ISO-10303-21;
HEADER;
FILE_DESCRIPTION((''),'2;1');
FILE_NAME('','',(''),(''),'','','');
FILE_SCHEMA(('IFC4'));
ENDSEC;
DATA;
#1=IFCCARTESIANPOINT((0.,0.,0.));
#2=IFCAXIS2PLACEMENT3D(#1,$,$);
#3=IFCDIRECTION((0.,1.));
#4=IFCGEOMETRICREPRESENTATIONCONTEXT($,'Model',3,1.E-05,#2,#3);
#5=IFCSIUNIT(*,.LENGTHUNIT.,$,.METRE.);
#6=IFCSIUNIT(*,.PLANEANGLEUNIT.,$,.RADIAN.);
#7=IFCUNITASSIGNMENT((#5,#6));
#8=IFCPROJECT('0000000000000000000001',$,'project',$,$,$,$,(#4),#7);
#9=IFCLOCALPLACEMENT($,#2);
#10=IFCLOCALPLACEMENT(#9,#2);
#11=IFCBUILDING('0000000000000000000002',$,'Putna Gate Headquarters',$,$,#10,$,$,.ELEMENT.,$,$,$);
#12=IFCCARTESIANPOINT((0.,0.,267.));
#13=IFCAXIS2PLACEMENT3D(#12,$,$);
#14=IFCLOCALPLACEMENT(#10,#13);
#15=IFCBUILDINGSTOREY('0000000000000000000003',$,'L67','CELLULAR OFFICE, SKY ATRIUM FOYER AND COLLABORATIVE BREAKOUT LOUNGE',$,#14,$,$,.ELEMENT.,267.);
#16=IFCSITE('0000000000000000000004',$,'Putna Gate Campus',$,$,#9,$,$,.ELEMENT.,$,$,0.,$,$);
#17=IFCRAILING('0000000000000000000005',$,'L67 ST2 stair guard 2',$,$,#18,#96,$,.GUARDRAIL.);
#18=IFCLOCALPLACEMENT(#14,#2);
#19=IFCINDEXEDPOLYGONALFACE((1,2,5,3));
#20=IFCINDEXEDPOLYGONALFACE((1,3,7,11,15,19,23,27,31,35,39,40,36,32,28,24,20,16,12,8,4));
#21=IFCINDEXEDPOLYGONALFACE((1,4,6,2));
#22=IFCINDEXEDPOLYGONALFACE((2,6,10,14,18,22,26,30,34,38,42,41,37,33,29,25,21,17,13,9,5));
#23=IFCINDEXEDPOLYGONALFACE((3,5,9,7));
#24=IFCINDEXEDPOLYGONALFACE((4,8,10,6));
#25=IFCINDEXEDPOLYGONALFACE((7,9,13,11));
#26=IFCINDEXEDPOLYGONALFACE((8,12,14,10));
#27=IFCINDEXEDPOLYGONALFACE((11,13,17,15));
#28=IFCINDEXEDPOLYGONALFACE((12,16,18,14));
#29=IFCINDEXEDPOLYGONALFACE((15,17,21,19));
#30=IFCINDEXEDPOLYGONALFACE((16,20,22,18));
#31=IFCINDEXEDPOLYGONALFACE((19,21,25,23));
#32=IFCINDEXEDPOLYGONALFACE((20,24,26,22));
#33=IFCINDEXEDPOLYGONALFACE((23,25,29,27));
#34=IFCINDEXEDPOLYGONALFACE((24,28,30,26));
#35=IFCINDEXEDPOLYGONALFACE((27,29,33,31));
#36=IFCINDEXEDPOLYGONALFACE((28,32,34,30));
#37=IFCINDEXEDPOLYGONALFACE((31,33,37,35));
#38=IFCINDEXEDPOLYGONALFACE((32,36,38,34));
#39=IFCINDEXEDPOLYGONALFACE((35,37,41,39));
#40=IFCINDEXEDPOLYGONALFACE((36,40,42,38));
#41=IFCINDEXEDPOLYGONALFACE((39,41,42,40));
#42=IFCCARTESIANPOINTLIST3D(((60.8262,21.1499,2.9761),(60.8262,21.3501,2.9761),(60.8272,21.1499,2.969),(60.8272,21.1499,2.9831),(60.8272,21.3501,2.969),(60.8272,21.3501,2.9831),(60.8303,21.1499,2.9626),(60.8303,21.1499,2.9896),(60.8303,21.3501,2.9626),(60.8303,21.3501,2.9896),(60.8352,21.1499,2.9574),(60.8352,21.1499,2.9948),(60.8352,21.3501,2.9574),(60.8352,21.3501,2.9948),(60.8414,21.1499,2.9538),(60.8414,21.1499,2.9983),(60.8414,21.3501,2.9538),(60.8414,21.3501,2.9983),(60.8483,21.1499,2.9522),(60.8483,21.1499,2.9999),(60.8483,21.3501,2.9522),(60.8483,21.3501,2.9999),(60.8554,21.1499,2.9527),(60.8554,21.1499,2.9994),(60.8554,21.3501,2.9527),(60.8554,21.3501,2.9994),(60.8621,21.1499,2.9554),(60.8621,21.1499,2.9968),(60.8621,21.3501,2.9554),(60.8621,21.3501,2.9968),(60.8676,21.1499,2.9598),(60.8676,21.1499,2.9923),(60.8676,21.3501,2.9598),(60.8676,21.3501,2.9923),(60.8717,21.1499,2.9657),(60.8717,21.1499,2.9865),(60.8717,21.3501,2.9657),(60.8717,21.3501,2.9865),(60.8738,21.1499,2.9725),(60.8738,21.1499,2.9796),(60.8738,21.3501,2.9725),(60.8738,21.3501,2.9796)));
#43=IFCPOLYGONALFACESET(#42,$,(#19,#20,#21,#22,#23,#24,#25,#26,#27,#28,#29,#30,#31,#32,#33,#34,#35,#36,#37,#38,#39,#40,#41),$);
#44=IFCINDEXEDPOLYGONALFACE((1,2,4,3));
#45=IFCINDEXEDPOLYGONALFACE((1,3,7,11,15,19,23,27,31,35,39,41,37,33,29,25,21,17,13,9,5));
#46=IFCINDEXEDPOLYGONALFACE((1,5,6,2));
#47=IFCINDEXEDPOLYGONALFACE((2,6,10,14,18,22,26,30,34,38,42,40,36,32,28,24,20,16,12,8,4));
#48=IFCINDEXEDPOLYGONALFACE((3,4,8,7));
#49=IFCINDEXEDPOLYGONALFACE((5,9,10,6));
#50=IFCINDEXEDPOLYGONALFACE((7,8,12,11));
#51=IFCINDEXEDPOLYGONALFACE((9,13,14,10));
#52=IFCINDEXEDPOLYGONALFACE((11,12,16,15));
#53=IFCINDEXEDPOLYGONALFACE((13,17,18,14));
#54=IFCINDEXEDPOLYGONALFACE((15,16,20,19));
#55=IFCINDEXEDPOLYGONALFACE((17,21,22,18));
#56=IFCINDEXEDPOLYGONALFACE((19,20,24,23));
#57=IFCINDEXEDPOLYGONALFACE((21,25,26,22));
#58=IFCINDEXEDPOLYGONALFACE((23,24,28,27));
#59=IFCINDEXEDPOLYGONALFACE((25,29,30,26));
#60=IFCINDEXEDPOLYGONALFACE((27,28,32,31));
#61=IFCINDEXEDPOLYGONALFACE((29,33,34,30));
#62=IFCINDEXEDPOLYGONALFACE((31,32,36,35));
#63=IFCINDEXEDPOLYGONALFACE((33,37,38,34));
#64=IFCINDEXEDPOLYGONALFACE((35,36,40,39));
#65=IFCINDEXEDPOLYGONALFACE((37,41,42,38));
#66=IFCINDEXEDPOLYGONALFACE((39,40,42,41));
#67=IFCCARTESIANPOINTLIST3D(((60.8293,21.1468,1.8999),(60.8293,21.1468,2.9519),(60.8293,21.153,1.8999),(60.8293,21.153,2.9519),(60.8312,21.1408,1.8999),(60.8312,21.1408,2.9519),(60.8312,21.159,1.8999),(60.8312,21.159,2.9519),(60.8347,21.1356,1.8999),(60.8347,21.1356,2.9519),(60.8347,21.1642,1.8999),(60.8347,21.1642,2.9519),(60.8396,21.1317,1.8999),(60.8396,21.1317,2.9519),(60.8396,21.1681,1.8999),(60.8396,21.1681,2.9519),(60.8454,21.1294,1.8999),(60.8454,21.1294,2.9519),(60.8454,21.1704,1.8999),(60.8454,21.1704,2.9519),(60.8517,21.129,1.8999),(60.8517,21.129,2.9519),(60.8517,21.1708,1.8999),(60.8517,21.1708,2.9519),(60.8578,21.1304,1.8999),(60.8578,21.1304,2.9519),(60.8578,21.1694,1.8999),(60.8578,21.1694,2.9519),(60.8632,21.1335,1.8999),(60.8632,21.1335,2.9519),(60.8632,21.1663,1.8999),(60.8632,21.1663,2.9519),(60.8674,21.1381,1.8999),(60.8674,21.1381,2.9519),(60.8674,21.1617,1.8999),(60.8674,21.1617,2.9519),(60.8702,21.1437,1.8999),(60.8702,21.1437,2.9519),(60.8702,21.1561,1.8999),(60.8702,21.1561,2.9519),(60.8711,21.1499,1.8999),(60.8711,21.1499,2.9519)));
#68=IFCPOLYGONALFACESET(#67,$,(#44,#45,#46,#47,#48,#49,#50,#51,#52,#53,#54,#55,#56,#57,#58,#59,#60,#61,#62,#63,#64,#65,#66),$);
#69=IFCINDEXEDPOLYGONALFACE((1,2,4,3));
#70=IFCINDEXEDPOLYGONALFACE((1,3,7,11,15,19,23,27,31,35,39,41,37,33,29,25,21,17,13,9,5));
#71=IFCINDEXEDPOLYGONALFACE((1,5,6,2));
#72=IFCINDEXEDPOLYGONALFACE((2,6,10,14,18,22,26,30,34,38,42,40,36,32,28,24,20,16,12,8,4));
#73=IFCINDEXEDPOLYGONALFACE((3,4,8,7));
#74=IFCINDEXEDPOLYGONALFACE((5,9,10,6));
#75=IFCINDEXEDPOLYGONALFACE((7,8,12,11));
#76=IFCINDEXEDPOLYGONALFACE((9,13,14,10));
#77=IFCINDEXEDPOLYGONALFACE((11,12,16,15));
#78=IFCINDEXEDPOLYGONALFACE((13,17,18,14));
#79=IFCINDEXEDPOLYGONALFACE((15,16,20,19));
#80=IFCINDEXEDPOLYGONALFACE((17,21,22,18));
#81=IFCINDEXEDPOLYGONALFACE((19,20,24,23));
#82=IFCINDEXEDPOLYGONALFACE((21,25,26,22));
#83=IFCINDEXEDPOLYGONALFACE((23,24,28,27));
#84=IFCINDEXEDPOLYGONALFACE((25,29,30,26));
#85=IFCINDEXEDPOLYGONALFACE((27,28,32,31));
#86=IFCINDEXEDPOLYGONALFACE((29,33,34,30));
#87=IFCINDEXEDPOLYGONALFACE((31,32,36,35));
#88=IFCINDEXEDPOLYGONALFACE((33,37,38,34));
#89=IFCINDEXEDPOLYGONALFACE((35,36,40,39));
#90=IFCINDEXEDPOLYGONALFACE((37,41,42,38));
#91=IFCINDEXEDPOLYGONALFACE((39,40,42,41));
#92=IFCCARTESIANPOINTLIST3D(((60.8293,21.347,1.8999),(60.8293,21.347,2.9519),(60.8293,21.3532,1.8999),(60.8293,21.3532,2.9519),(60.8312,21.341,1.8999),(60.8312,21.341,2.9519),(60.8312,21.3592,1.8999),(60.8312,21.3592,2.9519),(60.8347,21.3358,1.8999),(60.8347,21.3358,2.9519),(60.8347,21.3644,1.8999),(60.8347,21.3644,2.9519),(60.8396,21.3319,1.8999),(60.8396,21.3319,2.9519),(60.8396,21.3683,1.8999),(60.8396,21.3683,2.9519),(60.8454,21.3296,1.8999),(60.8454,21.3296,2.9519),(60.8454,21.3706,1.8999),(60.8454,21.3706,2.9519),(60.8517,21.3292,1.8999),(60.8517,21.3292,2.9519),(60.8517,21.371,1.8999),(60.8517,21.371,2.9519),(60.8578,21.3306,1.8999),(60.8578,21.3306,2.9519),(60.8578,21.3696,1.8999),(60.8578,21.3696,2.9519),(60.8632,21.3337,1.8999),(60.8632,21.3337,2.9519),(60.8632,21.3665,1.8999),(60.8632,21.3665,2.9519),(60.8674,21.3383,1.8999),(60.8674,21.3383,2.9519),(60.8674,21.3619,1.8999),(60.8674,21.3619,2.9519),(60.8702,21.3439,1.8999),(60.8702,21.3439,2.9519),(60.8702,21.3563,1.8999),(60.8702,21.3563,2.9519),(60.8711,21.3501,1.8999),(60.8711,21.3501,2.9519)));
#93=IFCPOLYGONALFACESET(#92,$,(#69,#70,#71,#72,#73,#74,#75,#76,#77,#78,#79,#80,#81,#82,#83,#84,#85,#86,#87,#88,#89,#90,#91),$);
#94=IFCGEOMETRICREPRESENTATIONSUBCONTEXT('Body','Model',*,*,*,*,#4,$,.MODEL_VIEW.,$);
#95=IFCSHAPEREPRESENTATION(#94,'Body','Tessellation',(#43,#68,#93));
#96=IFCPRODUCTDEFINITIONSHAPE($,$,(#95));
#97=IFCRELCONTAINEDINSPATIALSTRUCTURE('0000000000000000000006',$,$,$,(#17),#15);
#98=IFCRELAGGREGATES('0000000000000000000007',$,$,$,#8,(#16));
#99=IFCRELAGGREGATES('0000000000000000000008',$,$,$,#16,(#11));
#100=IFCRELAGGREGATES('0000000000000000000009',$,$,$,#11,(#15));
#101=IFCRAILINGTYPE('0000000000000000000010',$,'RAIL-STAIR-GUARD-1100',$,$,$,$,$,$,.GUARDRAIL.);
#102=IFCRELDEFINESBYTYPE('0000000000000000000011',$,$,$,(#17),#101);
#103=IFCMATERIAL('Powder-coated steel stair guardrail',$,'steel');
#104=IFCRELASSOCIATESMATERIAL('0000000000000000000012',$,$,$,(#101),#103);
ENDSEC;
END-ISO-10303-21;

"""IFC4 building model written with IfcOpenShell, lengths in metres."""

from ifc_helpers import new_model, si_unit, direction, frame, origin, origin_2d, place, context, subcontext, project, spatial, circle, extrude, material, type_object, element, save


model = new_model("IFC4")

# Units and contexts
model_context = context("Model", 3, precision=1e-05, world=origin(), true_north=direction((0.0, 1.0)))
body_context = subcontext(model_context, "Body", "Model", "MODEL_VIEW")
ifc_project = project(units=[si_unit("LENGTHUNIT", "METRE"), si_unit("PLANEANGLEUNIT", "RADIAN")], contexts=[model_context])

# Site, building, storey
site_placement = place(None, origin())
site = spatial("IfcSite", under=ifc_project, at=site_placement, Name="Putna Gate Campus", CompositionType="ELEMENT", RefElevation=0.0)
building_placement = place(site_placement, origin())
building = spatial("IfcBuilding", under=site, at=building_placement, Name="Putna Gate Headquarters", CompositionType="ELEMENT")
storey_placement = place(building_placement, frame((0.0, 0.0, 267.0)))
storey = spatial("IfcBuildingStorey", under=building, at=storey_placement, Name="L67", Description="CELLULAR OFFICE, SKY ATRIUM FOYER AND COLLABORATIVE BREAKOUT LOUNGE", CompositionType="ELEMENT", Elevation=267.0)

# Railing
ifc_material_1 = material(Name="Powder-coated steel stair guardrail", Category="steel")
railing_type_1 = type_object("IfcRailingType", Name="RAIL-STAIR-GUARD-1100", PredefinedType="GUARDRAIL", material=ifc_material_1)
railing_1_placement = place(storey_placement, frame((60.8501, 21.1499, 1.8999)))
element("IfcRailing", 1, at=railing_1_placement, inside=storey, type_object=railing_type_1, Name="L67 ST2 stair guard 2", PredefinedType="GUARDRAIL", context=body_context, shape_type="SweptSolid", body=[
    extrude(circle(Radius=0.0239, at=origin_2d()), frame((0.0, 0.0, 1.0762), z_axis=(0.0, 1.0, 0.0), x_axis=(-1.0, 0.0, 0.0)), (0.0, 0.0, 1.0), 0.2002),
    extrude(circle(Radius=0.021, at=origin_2d()), origin(), (0.0, 0.0, 1.0), 1.052),
    extrude(circle(Radius=0.021, at=origin_2d()), frame((0.0, 0.2002, 0.0)), (0.0, 0.0, 1.0), 1.052),
])

save(model, "model.ifc")
